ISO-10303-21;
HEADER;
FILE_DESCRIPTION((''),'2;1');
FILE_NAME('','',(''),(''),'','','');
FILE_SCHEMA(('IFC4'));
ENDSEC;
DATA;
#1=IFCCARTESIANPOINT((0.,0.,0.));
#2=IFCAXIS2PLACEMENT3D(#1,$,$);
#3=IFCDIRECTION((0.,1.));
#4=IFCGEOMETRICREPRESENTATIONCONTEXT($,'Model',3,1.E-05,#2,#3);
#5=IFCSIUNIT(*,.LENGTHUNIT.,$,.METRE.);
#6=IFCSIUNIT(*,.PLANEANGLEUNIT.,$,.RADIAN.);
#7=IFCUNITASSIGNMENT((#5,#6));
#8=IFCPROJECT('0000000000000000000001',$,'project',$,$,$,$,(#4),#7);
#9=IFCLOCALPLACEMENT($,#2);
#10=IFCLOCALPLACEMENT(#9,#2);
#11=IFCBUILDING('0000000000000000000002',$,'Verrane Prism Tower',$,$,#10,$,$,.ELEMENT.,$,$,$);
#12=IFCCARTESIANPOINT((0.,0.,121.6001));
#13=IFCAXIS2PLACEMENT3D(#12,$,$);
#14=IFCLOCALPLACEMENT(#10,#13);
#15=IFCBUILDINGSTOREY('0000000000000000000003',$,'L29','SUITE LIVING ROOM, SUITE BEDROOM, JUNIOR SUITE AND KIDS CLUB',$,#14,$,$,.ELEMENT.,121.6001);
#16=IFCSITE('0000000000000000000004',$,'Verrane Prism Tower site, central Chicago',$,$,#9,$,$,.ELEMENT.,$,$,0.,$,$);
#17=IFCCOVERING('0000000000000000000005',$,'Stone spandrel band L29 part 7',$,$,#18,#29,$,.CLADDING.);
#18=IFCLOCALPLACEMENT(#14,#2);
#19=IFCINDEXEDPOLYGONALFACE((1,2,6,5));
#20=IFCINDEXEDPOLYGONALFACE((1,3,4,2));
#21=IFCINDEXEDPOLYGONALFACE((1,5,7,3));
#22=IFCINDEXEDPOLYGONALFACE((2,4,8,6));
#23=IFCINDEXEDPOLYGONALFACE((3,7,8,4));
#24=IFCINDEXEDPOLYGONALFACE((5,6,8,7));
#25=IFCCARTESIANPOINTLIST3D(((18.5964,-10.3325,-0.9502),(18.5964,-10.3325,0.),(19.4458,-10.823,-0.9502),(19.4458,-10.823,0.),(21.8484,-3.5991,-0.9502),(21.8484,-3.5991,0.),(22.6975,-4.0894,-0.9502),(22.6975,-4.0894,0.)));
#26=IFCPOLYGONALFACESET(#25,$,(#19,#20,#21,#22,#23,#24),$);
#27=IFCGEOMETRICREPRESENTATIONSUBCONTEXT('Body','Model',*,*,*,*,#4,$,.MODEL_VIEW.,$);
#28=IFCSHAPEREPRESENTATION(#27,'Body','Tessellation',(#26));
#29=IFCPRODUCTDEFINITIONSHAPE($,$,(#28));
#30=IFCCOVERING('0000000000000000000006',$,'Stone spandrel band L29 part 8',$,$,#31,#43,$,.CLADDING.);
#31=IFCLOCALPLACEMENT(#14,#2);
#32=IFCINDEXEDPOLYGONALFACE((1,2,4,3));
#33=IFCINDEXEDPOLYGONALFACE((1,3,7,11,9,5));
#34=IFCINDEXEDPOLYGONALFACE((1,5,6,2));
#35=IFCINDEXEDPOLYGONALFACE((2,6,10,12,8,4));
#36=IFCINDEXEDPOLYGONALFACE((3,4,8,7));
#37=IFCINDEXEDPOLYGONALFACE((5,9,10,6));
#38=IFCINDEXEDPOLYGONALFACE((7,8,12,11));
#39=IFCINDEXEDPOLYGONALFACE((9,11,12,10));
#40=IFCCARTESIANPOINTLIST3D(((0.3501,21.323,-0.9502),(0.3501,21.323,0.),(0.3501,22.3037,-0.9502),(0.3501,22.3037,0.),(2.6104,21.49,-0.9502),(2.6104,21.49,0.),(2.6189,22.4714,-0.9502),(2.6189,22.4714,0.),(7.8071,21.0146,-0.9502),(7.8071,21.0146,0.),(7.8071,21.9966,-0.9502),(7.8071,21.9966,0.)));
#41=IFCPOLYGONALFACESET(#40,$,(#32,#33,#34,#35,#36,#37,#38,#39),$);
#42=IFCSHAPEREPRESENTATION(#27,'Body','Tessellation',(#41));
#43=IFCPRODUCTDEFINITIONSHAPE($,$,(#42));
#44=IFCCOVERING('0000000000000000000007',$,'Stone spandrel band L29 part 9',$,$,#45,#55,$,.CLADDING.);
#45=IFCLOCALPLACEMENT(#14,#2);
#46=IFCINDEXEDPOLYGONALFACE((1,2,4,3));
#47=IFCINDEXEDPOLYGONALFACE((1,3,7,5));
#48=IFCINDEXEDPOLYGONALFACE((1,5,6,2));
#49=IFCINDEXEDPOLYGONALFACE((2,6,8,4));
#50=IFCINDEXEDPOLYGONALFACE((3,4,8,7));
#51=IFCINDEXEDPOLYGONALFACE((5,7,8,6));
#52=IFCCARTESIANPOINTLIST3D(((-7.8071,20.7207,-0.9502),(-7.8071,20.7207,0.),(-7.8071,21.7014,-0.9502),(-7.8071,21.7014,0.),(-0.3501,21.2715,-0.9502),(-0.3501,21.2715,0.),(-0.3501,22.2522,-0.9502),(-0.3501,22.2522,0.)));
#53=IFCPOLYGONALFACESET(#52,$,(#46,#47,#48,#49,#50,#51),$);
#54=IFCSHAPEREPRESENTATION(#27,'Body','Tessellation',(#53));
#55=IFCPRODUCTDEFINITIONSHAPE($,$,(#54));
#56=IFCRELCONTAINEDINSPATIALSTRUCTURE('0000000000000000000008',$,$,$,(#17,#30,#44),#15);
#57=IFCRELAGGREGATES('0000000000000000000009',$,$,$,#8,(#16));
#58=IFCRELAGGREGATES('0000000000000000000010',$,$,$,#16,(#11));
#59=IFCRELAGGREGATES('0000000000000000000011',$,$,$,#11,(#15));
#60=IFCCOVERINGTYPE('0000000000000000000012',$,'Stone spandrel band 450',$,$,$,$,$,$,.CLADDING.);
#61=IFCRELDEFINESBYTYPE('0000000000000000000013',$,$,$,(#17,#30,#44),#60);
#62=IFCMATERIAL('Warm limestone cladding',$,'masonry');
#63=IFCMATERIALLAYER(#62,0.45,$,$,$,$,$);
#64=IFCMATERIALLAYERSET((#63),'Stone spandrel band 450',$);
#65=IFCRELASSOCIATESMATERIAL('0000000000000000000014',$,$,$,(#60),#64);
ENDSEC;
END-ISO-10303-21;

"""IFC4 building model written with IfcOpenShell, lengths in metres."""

from ifc_helpers import new_model, si_unit, direction, frame, origin, place, context, subcontext, project, spatial, polyline, outline, extrude, material, layer, layer_set, type_object, element, save


model = new_model("IFC4")

# Units and contexts
model_context = context("Model", 3, precision=1e-05, world=origin(), true_north=direction((0.0, 1.0)))
body_context = subcontext(model_context, "Body", "Model", "MODEL_VIEW")
ifc_project = project(units=[si_unit("LENGTHUNIT", "METRE"), si_unit("PLANEANGLEUNIT", "RADIAN")], contexts=[model_context])

# Site, building, storey
site_placement = place(None, origin())
site = spatial("IfcSite", under=ifc_project, at=site_placement, Name="Verrane Prism Tower site, central Chicago", CompositionType="ELEMENT", RefElevation=0.0)
building_placement = place(site_placement, origin())
building = spatial("IfcBuilding", under=site, at=building_placement, Name="Verrane Prism Tower", CompositionType="ELEMENT")
storey_placement = place(building_placement, frame((0.0, 0.0, 121.6001)))
storey = spatial("IfcBuildingStorey", under=building, at=storey_placement, Name="L29", Description="SUITE LIVING ROOM, SUITE BEDROOM, JUNIOR SUITE AND KIDS CLUB", CompositionType="ELEMENT", Elevation=121.6001)

# Coverings
ifc_material_1 = material(Name="Warm limestone cladding", Category="masonry")
ifc_layer_1 = layer(ifc_material_1, 0.45)
ifc_layer_set_1 = layer_set([ifc_layer_1], Name="Stone spandrel band 450")
covering_type_1 = type_object("IfcCoveringType", Name="Stone spandrel band 450", PredefinedType="CLADDING", material=ifc_layer_set_1)
covering_1_placement = place(storey_placement, frame((0.0, 0.0, -0.9502)))
element("IfcCovering", 1, at=covering_1_placement, inside=storey, type_object=covering_type_1, Name="Stone spandrel band L29 part 7", PredefinedType="CLADDING", context=body_context, shape_type="SweptSolid", body=[
    extrude(outline(polyline([(22.6975, -4.0894), (21.8484, -3.5991), (18.5964, -10.3325), (19.4458, -10.823), (22.6975, -4.0894)])), origin(), (0.0, 0.0, 1.0), 0.9502),
])
covering_2_placement = place(storey_placement, frame((0.0, 0.0, -0.9502)))
element("IfcCovering", 2, at=covering_2_placement, inside=storey, type_object=covering_type_1, Name="Stone spandrel band L29 part 8", PredefinedType="CLADDING", context=body_context, shape_type="SweptSolid", body=[
    extrude(outline(polyline([(0.3501, 22.3037), (0.3501, 21.323), (2.6104, 21.49), (7.8071, 21.0146), (7.8071, 21.9966), (2.6189, 22.4714), (0.3501, 22.3037)])), origin(), (0.0, 0.0, 1.0), 0.9502),
])
covering_3_placement = place(storey_placement, frame((0.0, 0.0, -0.9502)))
element("IfcCovering", 3, at=covering_3_placement, inside=storey, type_object=covering_type_1, Name="Stone spandrel band L29 part 9", PredefinedType="CLADDING", context=body_context, shape_type="SweptSolid", body=[
    extrude(outline(polyline([(-7.8071, 20.7207), (-0.3501, 21.2715), (-0.3501, 22.2522), (-7.8071, 21.7014), (-7.8071, 20.7207)])), origin(), (0.0, 0.0, 1.0), 0.9502),
])

save(model, "model.ifc")
